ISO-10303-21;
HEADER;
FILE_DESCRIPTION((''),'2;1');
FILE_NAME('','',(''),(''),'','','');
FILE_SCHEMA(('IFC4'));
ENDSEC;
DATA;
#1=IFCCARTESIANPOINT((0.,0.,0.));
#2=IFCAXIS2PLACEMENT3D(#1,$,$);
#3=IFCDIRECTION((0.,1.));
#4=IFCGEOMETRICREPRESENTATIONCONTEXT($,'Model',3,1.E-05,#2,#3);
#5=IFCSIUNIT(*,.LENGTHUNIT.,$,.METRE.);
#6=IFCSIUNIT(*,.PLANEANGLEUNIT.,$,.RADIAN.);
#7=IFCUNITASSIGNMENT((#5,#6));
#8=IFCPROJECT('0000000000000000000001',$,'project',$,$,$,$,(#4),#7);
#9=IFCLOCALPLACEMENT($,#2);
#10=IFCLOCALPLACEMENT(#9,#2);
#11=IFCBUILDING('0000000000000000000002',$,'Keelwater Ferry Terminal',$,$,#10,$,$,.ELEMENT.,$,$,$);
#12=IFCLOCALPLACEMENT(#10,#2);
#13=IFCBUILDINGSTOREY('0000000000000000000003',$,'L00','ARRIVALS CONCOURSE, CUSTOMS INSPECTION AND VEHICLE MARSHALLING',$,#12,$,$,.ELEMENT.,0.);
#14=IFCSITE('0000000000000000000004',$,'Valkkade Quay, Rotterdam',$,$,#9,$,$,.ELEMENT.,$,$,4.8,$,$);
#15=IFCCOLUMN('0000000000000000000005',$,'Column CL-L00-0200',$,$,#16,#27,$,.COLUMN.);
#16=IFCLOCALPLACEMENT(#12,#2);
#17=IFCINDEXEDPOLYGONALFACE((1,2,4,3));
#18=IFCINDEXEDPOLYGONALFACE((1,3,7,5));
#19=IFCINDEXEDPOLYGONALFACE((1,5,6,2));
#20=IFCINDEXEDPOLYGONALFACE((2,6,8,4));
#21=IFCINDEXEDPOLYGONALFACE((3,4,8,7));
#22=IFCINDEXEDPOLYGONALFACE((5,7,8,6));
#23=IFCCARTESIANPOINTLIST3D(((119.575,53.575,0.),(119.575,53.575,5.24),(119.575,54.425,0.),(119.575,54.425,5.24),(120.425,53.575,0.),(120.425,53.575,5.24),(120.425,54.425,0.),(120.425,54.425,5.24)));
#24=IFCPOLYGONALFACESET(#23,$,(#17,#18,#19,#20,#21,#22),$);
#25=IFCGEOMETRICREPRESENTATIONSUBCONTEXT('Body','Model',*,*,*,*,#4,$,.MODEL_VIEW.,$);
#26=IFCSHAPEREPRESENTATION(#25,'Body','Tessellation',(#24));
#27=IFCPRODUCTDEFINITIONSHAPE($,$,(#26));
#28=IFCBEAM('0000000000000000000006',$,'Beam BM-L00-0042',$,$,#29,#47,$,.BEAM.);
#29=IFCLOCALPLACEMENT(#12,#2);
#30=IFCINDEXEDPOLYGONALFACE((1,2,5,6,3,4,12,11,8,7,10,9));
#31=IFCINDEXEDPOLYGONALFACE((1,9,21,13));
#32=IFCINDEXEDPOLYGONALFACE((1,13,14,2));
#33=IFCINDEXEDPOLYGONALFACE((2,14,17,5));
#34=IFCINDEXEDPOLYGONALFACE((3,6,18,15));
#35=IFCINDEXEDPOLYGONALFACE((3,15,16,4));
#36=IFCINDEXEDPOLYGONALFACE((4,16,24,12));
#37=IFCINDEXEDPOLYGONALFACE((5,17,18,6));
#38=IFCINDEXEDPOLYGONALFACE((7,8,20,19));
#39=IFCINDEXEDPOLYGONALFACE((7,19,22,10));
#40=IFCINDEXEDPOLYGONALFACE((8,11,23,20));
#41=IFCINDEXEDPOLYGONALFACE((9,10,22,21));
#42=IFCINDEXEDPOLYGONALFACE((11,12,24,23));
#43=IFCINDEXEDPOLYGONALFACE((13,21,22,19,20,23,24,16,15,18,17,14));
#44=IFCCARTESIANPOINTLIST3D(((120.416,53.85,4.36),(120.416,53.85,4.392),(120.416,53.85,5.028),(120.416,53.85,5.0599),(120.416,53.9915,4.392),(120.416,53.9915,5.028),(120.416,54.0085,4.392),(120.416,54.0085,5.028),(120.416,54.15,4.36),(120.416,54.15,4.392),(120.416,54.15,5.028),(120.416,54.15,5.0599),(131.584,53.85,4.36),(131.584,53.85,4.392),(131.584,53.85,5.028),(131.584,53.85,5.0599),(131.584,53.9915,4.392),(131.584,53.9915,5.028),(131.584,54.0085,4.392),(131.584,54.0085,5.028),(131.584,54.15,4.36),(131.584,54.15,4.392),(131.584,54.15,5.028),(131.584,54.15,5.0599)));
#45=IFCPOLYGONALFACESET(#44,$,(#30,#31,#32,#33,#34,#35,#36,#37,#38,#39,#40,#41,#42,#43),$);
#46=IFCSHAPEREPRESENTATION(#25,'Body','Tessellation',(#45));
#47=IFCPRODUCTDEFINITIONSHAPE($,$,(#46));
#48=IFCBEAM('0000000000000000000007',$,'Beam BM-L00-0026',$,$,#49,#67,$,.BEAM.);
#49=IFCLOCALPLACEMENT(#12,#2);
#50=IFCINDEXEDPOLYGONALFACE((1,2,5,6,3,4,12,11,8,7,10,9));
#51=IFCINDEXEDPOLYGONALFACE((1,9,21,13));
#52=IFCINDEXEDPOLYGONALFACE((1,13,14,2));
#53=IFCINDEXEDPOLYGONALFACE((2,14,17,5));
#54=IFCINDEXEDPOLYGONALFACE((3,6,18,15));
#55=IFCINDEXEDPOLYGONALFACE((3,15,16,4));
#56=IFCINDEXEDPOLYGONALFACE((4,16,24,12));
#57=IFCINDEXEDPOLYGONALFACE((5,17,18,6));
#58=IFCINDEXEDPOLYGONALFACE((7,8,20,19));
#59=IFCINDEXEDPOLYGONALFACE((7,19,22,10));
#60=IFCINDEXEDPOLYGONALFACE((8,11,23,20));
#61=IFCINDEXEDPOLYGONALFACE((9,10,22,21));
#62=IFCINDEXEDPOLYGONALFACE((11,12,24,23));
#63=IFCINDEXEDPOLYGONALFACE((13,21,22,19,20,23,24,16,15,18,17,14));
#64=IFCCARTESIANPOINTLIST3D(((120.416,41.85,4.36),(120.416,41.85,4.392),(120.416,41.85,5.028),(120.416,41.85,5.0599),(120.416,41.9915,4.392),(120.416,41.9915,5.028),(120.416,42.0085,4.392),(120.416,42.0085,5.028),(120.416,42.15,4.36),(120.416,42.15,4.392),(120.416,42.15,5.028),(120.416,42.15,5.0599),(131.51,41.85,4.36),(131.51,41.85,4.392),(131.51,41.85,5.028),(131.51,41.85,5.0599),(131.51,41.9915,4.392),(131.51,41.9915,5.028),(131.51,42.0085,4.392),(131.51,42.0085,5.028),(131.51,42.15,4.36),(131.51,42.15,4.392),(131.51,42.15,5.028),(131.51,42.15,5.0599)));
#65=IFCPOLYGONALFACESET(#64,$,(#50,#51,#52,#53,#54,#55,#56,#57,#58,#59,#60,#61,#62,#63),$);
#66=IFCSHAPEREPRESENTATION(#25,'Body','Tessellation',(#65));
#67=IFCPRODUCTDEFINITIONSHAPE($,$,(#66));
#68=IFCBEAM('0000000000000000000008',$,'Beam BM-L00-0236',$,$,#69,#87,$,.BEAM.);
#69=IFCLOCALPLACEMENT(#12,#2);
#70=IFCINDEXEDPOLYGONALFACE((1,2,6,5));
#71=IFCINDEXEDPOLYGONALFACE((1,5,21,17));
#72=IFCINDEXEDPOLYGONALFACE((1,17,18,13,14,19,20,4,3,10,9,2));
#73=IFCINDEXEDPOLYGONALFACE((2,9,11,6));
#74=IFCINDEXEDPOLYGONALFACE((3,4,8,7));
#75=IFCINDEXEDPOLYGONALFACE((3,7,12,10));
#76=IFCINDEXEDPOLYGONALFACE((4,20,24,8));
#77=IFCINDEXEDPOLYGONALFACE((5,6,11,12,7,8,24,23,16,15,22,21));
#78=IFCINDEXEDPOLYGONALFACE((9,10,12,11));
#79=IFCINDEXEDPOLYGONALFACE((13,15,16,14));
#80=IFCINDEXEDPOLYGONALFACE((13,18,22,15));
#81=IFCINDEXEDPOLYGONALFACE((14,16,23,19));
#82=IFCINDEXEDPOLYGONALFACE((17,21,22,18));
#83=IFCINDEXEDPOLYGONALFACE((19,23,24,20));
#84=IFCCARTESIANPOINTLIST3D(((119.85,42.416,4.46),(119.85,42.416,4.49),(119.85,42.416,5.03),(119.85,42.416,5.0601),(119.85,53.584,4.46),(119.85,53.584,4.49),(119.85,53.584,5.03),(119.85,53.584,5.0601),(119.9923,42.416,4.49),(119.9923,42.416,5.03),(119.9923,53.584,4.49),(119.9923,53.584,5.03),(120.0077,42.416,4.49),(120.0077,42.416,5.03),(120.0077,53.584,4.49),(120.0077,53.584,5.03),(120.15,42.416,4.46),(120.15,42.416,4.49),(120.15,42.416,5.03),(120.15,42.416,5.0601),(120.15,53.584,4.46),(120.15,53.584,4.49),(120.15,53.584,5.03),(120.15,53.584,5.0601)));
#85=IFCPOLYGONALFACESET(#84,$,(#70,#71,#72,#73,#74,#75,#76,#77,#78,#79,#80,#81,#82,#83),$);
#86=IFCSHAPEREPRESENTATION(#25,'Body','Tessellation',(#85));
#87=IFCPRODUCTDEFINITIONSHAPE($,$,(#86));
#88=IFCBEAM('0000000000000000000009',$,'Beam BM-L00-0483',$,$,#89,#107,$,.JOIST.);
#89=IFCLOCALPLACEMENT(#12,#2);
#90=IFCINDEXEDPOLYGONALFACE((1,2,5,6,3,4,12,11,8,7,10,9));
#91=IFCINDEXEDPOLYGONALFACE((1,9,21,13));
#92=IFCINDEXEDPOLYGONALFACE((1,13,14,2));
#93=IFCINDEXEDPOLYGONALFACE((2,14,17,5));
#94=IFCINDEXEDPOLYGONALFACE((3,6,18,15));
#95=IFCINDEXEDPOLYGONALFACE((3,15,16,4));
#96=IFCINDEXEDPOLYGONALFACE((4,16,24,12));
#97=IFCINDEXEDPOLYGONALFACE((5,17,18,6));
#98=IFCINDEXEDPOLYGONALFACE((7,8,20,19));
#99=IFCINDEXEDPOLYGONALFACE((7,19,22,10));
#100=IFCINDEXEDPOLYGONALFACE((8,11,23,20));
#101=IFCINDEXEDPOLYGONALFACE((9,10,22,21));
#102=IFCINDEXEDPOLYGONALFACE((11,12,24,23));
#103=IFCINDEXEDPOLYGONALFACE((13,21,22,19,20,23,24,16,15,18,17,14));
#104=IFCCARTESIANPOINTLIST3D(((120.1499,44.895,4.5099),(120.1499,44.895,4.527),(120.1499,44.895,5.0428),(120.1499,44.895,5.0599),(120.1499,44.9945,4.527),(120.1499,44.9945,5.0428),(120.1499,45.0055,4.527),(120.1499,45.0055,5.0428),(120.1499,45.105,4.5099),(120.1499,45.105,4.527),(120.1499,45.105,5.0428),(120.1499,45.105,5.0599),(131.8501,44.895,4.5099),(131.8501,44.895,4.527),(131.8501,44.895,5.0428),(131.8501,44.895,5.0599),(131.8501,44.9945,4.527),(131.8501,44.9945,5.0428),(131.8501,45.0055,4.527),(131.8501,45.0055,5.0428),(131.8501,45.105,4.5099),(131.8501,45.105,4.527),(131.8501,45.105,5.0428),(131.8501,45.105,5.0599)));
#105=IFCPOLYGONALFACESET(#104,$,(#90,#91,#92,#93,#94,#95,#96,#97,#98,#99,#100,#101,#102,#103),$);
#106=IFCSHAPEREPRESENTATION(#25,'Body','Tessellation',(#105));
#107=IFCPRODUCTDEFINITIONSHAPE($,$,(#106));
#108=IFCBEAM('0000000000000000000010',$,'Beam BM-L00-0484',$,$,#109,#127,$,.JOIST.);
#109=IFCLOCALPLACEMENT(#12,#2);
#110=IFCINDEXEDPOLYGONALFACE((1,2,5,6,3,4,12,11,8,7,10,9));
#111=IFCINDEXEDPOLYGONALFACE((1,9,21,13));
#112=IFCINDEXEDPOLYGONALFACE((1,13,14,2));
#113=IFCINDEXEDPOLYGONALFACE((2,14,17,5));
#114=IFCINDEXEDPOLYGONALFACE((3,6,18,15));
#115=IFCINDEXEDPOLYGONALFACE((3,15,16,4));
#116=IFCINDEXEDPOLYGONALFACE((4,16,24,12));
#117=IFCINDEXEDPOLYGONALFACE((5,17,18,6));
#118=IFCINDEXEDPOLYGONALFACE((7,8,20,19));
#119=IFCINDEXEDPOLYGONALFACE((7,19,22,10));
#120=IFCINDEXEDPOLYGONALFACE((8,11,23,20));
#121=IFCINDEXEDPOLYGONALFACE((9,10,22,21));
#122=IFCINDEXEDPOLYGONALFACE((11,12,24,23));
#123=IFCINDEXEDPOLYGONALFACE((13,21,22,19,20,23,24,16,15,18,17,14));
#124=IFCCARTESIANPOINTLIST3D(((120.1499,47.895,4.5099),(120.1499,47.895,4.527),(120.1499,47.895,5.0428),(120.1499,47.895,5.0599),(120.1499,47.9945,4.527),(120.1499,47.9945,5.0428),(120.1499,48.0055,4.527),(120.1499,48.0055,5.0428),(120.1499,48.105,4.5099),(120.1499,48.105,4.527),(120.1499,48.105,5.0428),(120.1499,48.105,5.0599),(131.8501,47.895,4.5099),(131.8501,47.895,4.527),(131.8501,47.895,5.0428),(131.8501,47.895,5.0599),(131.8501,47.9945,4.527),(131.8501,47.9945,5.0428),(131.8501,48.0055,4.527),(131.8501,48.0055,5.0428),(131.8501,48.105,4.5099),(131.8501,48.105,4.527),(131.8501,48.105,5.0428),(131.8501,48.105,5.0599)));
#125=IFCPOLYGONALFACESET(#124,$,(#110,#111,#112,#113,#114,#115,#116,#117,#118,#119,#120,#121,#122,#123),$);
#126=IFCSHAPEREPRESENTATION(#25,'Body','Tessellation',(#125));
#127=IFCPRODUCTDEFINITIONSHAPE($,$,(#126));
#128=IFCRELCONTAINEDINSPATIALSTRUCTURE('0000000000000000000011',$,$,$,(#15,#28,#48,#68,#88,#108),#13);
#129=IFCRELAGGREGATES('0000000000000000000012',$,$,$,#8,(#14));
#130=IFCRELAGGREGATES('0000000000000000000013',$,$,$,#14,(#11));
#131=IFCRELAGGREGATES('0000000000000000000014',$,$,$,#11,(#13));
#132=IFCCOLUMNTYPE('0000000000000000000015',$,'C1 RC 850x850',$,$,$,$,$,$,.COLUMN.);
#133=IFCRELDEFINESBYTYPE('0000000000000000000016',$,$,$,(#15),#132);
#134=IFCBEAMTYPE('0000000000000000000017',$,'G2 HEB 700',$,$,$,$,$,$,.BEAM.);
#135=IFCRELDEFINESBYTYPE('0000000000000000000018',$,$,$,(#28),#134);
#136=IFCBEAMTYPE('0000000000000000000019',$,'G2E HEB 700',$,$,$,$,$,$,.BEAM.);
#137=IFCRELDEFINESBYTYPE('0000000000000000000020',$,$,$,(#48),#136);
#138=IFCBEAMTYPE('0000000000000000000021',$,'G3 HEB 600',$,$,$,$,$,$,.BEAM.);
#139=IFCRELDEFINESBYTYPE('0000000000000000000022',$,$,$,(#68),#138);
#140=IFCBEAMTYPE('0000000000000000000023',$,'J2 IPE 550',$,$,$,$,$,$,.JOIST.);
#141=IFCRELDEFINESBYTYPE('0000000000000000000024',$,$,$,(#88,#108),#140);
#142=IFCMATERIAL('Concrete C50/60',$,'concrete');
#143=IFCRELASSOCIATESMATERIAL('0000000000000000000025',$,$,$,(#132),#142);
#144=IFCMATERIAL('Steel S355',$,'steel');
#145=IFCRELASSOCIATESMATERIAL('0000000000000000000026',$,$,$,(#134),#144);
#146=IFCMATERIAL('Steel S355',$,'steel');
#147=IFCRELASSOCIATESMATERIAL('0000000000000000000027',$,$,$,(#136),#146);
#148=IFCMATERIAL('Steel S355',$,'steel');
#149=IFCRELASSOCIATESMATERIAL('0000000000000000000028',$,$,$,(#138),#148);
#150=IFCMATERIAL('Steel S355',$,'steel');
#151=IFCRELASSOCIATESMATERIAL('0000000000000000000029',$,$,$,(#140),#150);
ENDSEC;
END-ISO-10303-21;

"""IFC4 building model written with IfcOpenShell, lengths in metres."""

from ifc_helpers import new_model, si_unit, direction, frame, origin, origin_2d, place, context, subcontext, project, spatial, rectangle, i_section, extrude, material, material_profile, profile_set, type_object, element, save


model = new_model("IFC4")

# Units and contexts
model_context = context("Model", 3, precision=1e-05, world=origin(), true_north=direction((0.0, 1.0)))
body_context = subcontext(model_context, "Body", "Model", "MODEL_VIEW")
ifc_project = project(units=[si_unit("LENGTHUNIT", "METRE"), si_unit("PLANEANGLEUNIT", "RADIAN")], contexts=[model_context])

# Site, building, storey
site_placement = place(None, origin())
site = spatial("IfcSite", under=ifc_project, at=site_placement, Name="Valkkade Quay, Rotterdam", CompositionType="ELEMENT", RefElevation=4.8)
building_placement = place(site_placement, origin())
building = spatial("IfcBuilding", under=site, at=building_placement, Name="Keelwater Ferry Terminal", CompositionType="ELEMENT")
storey_placement = place(building_placement, origin())
storey = spatial("IfcBuildingStorey", under=building, at=storey_placement, Name="L00", Description="ARRIVALS CONCOURSE, CUSTOMS INSPECTION AND VEHICLE MARSHALLING", CompositionType="ELEMENT", Elevation=0.0)

# Column
ifc_material_1 = material(Name="Concrete C50/60", Category="concrete")
ifc_material_profile_1 = material_profile(ifc_material_1, rectangle(XDim=0.8501, YDim=0.8501, at=origin_2d()), Name="RC 850x850")
ifc_profile_set_1 = profile_set([ifc_material_profile_1], Name="Concrete C50/60")
column_type = type_object("IfcColumnType", Name="C1 RC 850x850", PredefinedType="COLUMN", material=ifc_profile_set_1)
for number, where, z_axis, x_axis, name in (
    (1, (120.0, 54.0, 0.0), (0.0, 0.0, 1.0), (1.0, 0.0, 0.0), "Column CL-L00-0200"),
):
    element("IfcColumn", number, at=place(storey_placement, frame(where, z_axis=z_axis, x_axis=x_axis)), inside=storey, type_object=column_type, Name=name, PredefinedType="COLUMN", context=body_context, shape_type="SweptSolid", body=[
        extrude(rectangle(XDim=0.8501, YDim=0.8501, at=origin_2d()), origin(), (0.0, 0.0, 1.0), 5.24),
    ])

# Beams
ifc_material_2 = material(Name="Steel S355", Category="steel")
ifc_material_profile_2 = material_profile(ifc_material_2, i_section(OverallWidth=0.3, OverallDepth=0.7, WebThickness=0.0171, FlangeThickness=0.032, at=origin_2d()), Name="HEB 700")
ifc_profile_set_2 = profile_set([ifc_material_profile_2], Name="Steel S355")
beam_type_1 = type_object("IfcBeamType", Name="G2 HEB 700", PredefinedType="BEAM", material=ifc_profile_set_2)
beam_1_placement = place(storey_placement, frame((120.416, 54.0, 4.71), z_axis=(1.0, 0.0, 0.0), x_axis=(0.0, 1.0, 0.0)))
element("IfcBeam", 2, at=beam_1_placement, inside=storey, type_object=beam_type_1, Name="Beam BM-L00-0042", PredefinedType="BEAM", context=body_context, shape_type="SweptSolid", body=[
    extrude(i_section(OverallWidth=0.3, OverallDepth=0.7, WebThickness=0.0171, FlangeThickness=0.032, at=origin_2d()), origin(), (0.0, 0.0, 1.0), 11.168),
])
ifc_material_3 = material(Name="Steel S355", Category="steel")
ifc_material_profile_3 = material_profile(ifc_material_3, i_section(OverallWidth=0.3, OverallDepth=0.7, WebThickness=0.0171, FlangeThickness=0.032, at=origin_2d()), Name="HEB 700")
ifc_profile_set_3 = profile_set([ifc_material_profile_3], Name="Steel S355")
beam_type_2 = type_object("IfcBeamType", Name="G2E HEB 700", PredefinedType="BEAM", material=ifc_profile_set_3)
beam_2_placement = place(storey_placement, frame((120.416, 42.0, 4.71), z_axis=(1.0, 0.0, 0.0), x_axis=(0.0, 1.0, 0.0)))
element("IfcBeam", 3, at=beam_2_placement, inside=storey, type_object=beam_type_2, Name="Beam BM-L00-0026", PredefinedType="BEAM", context=body_context, shape_type="SweptSolid", body=[
    extrude(i_section(OverallWidth=0.3, OverallDepth=0.7, WebThickness=0.0171, FlangeThickness=0.032, at=origin_2d()), origin(), (0.0, 0.0, 1.0), 11.094),
])
ifc_material_4 = material(Name="Steel S355", Category="steel")
ifc_material_profile_4 = material_profile(ifc_material_4, i_section(OverallWidth=0.3, OverallDepth=0.6001, WebThickness=0.0154, FlangeThickness=0.03, at=origin_2d()), Name="HEB 600")
ifc_profile_set_4 = profile_set([ifc_material_profile_4], Name="Steel S355")
beam_type_3 = type_object("IfcBeamType", Name="G3 HEB 600", PredefinedType="BEAM", material=ifc_profile_set_4)
beam_3_placement = place(storey_placement, frame((120.0, 42.416, 4.76), z_axis=(0.0, 1.0, 0.0), x_axis=(-1.0, 0.0, 0.0)))
element("IfcBeam", 4, at=beam_3_placement, inside=storey, type_object=beam_type_3, Name="Beam BM-L00-0236", PredefinedType="BEAM", context=body_context, shape_type="SweptSolid", body=[
    extrude(i_section(OverallWidth=0.3, OverallDepth=0.6001, WebThickness=0.0154, FlangeThickness=0.03, at=origin_2d()), origin(), (0.0, 0.0, 1.0), 11.168),
])
ifc_material_5 = material(Name="Steel S355", Category="steel")
ifc_material_profile_5 = material_profile(ifc_material_5, i_section(OverallWidth=0.21, OverallDepth=0.55, WebThickness=0.011, FlangeThickness=0.0171, at=origin_2d()), Name="IPE 550")
ifc_profile_set_5 = profile_set([ifc_material_profile_5], Name="Steel S355")
beam_type_4 = type_object("IfcBeamType", Name="J2 IPE 550", PredefinedType="JOIST", material=ifc_profile_set_5)
for number, where, z_axis, x_axis, name in (
    (5, (120.1499, 45.0, 4.7849), (1.0, 0.0, 0.0), (0.0, 1.0, 0.0), "Beam BM-L00-0483"),
    (6, (120.1499, 48.0, 4.7849), (1.0, 0.0, 0.0), (0.0, 1.0, 0.0), "Beam BM-L00-0484"),
):
    element("IfcBeam", number, at=place(storey_placement, frame(where, z_axis=z_axis, x_axis=x_axis)), inside=storey, type_object=beam_type_4, Name=name, PredefinedType="JOIST", context=body_context, shape_type="SweptSolid", body=[
        extrude(i_section(OverallWidth=0.21, OverallDepth=0.55, WebThickness=0.011, FlangeThickness=0.0171, at=origin_2d()), origin(), (0.0, 0.0, 1.0), 11.7002),
    ])

save(model, "model.ifc")
